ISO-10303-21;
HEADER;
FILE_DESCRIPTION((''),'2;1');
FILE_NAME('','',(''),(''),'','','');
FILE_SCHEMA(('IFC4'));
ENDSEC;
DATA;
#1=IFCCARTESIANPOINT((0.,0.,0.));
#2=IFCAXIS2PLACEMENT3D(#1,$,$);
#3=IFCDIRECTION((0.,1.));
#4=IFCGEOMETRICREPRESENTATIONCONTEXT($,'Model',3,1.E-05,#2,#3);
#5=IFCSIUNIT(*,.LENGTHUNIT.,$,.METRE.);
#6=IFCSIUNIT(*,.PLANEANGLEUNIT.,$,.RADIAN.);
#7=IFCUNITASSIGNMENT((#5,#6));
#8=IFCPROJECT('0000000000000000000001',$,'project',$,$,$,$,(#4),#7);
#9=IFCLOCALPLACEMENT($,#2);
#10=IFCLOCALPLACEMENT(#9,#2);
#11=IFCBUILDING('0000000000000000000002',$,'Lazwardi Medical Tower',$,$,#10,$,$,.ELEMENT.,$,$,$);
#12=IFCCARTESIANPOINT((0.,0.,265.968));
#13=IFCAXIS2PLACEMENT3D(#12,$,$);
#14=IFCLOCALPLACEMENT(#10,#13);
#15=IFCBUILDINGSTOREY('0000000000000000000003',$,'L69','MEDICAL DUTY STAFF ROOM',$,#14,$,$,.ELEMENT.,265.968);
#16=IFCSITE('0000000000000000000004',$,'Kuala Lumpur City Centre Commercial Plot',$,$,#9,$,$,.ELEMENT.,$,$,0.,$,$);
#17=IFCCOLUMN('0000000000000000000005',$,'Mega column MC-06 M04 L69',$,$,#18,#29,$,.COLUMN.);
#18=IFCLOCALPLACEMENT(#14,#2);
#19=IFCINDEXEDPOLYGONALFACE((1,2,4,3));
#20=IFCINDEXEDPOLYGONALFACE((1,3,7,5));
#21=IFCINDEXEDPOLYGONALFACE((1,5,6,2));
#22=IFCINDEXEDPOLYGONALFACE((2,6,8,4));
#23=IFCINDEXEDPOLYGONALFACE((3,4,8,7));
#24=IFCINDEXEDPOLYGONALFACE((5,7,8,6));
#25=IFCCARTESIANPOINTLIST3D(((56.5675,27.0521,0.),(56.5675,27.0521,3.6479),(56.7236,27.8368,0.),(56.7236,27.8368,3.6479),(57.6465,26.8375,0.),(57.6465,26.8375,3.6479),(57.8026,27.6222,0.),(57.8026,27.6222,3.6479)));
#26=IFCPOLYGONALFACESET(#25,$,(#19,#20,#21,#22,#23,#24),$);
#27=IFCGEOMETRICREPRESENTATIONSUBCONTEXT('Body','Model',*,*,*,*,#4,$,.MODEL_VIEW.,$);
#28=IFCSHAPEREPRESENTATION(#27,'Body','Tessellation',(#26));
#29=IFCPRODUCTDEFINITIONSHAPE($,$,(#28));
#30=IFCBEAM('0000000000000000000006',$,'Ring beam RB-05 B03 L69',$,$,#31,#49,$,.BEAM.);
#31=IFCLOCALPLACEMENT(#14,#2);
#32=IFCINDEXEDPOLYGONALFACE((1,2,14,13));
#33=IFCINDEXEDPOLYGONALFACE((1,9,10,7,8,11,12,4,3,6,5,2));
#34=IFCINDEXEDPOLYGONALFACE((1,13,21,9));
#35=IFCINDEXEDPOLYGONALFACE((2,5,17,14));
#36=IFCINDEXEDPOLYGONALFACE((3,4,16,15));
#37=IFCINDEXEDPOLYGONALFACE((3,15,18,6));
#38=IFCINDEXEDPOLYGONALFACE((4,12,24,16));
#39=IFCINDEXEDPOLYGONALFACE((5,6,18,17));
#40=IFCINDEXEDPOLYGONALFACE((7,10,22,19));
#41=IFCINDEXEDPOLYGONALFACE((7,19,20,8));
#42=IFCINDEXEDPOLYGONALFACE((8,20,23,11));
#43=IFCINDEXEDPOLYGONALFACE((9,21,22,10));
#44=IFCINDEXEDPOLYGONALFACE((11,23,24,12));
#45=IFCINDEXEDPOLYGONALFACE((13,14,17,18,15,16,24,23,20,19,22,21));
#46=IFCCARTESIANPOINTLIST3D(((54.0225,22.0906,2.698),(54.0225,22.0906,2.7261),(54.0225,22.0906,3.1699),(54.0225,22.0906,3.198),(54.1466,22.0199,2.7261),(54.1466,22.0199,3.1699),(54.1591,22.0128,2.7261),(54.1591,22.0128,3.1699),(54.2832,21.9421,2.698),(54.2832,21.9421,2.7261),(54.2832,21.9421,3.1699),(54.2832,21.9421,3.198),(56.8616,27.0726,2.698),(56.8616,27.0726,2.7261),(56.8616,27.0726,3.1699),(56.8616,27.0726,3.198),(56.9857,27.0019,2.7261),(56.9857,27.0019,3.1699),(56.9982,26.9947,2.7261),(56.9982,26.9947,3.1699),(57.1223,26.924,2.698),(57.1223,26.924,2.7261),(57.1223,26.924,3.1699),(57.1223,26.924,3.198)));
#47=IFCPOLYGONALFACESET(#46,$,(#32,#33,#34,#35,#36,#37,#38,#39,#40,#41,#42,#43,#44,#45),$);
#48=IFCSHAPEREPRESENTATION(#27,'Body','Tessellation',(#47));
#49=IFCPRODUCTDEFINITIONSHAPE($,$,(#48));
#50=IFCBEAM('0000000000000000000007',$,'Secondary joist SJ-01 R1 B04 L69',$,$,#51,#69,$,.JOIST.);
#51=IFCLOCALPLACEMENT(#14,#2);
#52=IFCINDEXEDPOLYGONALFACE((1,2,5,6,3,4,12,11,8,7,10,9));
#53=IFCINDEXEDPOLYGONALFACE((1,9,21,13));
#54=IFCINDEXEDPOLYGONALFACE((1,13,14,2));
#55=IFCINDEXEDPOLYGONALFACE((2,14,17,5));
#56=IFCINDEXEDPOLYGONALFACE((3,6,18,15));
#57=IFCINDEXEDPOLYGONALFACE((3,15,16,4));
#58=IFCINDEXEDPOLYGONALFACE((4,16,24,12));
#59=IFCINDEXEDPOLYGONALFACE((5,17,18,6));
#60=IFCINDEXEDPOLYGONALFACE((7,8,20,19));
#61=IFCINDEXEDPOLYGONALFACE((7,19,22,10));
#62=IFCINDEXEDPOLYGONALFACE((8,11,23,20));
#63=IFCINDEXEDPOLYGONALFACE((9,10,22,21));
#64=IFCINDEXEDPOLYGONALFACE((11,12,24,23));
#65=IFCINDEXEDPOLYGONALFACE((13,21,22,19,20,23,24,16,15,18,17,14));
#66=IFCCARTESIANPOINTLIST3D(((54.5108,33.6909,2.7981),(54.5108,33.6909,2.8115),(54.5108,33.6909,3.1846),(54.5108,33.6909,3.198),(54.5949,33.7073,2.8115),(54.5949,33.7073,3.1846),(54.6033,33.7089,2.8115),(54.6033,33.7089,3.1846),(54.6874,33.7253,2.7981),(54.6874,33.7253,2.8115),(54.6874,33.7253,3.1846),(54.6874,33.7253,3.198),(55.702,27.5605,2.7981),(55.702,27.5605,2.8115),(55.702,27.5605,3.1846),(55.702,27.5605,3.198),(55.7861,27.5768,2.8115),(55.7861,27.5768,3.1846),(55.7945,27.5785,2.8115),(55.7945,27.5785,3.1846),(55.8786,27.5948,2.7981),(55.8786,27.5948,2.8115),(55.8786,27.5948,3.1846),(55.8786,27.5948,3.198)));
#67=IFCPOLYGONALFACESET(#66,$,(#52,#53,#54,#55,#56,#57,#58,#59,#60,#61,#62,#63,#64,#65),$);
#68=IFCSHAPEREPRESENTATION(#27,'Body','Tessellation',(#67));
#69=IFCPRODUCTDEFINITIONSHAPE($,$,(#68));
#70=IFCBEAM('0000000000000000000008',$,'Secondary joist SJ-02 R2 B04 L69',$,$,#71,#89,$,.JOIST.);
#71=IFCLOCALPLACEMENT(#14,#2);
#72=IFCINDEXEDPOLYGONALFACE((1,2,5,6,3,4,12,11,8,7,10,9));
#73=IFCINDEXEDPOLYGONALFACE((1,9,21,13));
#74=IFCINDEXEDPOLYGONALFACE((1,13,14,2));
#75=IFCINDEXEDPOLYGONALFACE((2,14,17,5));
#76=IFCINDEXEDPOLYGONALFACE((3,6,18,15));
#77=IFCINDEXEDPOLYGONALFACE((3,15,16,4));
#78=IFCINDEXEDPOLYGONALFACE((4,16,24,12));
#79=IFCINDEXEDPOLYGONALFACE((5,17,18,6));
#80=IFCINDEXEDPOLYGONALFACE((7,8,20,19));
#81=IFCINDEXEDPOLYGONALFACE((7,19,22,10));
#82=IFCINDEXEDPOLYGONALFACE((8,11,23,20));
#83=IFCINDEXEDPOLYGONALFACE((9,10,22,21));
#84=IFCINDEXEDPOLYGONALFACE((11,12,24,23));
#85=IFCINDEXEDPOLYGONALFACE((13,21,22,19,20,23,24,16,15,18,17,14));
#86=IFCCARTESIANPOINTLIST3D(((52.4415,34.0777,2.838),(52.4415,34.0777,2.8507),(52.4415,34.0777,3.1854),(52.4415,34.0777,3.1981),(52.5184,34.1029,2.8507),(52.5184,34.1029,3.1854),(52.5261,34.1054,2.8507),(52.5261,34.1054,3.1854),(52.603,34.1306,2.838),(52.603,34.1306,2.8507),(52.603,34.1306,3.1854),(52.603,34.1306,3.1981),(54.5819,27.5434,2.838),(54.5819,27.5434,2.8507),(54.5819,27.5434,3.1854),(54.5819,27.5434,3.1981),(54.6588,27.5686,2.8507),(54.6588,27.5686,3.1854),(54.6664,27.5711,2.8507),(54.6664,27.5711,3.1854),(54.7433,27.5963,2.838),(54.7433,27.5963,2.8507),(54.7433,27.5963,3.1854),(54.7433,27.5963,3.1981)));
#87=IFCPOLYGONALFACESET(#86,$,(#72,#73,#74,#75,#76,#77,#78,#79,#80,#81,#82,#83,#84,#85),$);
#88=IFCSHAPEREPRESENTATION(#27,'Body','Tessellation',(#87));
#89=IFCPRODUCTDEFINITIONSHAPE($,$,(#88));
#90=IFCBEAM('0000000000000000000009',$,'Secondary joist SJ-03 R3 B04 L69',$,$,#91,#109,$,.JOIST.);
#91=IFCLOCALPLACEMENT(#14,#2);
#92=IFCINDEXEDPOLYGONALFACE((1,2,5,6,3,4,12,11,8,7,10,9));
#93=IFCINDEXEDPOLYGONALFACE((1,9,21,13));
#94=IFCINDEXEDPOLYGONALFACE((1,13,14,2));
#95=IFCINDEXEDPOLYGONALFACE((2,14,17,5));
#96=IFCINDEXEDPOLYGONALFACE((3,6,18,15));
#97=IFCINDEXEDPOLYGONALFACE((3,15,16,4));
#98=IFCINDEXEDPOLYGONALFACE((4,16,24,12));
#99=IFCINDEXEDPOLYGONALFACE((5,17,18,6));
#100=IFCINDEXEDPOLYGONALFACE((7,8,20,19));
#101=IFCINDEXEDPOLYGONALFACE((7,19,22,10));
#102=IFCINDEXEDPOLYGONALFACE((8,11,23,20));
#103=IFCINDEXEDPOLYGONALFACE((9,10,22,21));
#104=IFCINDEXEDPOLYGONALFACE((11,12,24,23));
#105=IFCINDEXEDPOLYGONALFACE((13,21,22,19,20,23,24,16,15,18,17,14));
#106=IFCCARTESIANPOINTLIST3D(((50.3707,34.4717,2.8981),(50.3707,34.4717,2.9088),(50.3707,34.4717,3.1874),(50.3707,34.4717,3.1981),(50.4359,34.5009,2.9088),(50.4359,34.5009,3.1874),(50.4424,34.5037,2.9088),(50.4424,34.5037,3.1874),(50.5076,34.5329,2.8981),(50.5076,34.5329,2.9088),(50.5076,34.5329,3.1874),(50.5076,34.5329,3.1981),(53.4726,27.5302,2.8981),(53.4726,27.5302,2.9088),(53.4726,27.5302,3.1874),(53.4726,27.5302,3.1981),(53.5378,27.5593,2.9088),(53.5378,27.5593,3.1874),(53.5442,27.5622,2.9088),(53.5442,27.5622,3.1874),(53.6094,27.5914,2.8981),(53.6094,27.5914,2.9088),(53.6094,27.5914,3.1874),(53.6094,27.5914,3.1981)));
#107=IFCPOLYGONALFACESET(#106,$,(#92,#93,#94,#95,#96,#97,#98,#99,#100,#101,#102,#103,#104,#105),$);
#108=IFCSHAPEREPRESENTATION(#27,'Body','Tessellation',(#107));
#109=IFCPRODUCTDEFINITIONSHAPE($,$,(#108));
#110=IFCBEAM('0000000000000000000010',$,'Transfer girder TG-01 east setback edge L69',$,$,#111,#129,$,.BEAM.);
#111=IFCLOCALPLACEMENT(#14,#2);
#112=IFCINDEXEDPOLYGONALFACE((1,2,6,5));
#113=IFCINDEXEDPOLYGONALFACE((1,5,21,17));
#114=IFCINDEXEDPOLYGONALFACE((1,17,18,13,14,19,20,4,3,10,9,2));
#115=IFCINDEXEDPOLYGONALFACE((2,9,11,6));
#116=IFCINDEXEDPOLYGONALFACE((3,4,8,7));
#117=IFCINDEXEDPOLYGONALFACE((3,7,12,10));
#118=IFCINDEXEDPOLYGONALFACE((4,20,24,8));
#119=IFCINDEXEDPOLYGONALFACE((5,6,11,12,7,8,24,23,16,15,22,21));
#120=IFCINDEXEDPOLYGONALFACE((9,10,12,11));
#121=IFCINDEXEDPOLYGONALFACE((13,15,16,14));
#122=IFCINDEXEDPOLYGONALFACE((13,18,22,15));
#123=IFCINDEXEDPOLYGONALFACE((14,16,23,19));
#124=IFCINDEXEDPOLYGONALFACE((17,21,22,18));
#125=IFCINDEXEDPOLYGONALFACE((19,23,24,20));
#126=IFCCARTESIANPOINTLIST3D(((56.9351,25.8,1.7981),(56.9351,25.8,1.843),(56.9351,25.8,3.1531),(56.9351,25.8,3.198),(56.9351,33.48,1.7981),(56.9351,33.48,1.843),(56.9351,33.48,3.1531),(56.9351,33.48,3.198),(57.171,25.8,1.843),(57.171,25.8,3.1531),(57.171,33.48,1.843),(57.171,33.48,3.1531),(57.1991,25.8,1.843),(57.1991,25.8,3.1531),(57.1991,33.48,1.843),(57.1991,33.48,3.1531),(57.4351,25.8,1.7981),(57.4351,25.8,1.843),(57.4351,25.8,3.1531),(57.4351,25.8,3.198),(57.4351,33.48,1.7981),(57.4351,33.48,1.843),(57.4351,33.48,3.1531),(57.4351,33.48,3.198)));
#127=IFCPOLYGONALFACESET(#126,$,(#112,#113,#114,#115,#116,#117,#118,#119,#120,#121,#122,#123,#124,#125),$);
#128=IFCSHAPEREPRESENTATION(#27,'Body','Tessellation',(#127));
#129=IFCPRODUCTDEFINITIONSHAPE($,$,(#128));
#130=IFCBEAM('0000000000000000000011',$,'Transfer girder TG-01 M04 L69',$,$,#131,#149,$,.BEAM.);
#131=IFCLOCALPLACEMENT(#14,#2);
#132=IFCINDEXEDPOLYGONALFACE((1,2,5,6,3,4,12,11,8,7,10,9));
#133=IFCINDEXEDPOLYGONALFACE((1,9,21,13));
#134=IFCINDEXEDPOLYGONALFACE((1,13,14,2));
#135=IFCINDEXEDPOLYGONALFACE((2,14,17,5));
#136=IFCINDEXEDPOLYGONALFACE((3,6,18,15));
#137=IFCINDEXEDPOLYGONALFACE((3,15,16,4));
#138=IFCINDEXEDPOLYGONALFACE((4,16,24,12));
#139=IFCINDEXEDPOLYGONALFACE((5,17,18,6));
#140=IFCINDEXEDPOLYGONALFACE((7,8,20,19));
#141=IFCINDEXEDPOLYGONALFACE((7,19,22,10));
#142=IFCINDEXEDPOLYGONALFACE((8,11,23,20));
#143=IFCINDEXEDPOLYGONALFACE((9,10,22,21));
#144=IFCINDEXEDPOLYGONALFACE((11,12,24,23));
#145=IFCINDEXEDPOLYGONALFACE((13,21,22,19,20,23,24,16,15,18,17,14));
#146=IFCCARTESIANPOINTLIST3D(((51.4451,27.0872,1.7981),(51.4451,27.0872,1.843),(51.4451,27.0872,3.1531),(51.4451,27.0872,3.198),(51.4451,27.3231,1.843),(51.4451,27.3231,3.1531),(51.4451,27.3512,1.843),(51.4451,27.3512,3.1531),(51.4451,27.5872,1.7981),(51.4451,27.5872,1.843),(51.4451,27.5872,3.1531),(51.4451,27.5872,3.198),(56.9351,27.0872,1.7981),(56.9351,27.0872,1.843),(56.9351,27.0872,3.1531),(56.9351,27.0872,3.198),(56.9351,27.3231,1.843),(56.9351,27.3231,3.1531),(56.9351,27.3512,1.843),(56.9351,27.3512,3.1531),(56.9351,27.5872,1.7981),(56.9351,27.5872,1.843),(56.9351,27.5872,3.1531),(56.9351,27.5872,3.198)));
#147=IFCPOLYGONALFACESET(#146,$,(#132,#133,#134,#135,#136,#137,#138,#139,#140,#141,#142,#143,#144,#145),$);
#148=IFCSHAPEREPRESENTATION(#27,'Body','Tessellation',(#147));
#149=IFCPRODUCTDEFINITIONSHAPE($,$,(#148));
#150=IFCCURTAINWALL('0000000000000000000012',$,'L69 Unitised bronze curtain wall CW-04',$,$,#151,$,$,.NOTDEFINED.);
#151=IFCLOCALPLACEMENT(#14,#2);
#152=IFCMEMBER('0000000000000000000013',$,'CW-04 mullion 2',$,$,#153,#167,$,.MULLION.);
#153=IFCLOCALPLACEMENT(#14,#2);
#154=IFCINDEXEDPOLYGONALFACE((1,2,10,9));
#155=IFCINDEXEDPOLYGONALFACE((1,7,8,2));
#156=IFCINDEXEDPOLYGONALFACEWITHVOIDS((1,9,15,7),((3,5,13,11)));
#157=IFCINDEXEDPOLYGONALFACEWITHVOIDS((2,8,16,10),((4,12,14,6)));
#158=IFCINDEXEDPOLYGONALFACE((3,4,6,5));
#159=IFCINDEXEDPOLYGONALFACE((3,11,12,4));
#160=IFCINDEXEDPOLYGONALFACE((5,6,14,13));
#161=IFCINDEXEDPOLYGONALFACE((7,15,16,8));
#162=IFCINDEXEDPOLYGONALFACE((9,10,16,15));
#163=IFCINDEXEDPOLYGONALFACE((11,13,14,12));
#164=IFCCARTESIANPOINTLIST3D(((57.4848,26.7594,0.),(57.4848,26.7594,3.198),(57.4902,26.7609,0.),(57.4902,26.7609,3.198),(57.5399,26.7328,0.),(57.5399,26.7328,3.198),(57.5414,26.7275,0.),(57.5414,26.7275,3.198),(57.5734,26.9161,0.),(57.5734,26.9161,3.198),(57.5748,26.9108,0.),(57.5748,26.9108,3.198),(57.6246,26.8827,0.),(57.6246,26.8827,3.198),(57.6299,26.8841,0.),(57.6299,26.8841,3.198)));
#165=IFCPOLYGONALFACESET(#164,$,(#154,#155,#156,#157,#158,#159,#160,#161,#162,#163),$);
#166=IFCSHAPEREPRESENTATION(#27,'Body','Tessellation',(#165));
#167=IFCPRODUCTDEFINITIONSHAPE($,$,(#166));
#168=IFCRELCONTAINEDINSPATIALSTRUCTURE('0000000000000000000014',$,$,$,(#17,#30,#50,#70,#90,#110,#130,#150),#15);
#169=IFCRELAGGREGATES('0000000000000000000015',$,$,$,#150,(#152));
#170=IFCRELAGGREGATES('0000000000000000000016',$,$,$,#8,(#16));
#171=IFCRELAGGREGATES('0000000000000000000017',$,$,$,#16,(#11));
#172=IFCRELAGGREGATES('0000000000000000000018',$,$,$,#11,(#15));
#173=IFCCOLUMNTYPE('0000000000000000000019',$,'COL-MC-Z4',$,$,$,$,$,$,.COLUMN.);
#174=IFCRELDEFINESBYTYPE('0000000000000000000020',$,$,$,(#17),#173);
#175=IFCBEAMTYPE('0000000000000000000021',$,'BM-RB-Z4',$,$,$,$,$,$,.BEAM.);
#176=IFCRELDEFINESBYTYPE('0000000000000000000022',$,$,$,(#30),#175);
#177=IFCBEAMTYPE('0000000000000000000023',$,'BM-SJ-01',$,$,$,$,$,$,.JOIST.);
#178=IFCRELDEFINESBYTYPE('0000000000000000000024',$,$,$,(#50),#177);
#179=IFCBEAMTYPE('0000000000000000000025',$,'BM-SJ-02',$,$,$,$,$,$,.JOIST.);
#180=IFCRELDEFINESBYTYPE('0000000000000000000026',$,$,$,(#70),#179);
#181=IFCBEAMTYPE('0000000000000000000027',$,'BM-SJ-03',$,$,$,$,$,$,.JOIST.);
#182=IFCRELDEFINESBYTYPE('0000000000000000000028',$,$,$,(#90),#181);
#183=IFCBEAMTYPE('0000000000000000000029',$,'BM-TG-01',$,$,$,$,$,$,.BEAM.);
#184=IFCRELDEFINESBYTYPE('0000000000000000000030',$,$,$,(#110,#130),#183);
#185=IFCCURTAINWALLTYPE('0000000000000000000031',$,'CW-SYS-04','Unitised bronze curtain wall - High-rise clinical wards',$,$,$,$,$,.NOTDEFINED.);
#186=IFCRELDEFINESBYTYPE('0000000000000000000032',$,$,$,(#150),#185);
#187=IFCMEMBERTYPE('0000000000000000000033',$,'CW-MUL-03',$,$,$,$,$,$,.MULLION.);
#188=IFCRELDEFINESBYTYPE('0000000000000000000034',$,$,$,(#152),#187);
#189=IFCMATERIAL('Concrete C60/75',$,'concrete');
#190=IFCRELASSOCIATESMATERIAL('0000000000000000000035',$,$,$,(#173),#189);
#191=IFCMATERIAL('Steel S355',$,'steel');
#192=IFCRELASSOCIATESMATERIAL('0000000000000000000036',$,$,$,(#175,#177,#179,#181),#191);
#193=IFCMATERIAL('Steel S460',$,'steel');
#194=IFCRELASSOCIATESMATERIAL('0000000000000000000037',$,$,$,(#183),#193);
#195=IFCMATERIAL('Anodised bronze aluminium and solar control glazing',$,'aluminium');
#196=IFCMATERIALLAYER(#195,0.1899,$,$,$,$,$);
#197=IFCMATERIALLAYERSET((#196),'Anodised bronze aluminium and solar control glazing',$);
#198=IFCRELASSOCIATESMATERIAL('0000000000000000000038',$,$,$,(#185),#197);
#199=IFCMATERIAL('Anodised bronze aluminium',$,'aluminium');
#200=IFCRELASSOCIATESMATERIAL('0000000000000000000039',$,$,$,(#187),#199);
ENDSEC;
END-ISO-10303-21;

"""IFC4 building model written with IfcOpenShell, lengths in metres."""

from ifc_helpers import new_model, si_unit, direction, frame, origin, origin_2d, place, context, subcontext, project, spatial, rectangle, hollow_rectangle, i_section, extrude, material, layer, layer_set, material_profile, profile_set, type_object, element, aggregate, save


model = new_model("IFC4")

# Units and contexts
model_context = context("Model", 3, precision=1e-05, world=origin(), true_north=direction((0.0, 1.0)))
body_context = subcontext(model_context, "Body", "Model", "MODEL_VIEW")
ifc_project = project(units=[si_unit("LENGTHUNIT", "METRE"), si_unit("PLANEANGLEUNIT", "RADIAN")], contexts=[model_context])

# Site, building, storey
site_placement = place(None, origin())
site = spatial("IfcSite", under=ifc_project, at=site_placement, Name="Kuala Lumpur City Centre Commercial Plot", CompositionType="ELEMENT", RefElevation=0.0)
building_placement = place(site_placement, origin())
building = spatial("IfcBuilding", under=site, at=building_placement, Name="Lazwardi Medical Tower", CompositionType="ELEMENT")
storey_placement = place(building_placement, frame((0.0, 0.0, 265.968)))
storey = spatial("IfcBuildingStorey", under=building, at=storey_placement, Name="L69", Description="MEDICAL DUTY STAFF ROOM", CompositionType="ELEMENT", Elevation=265.968)

# Column
ifc_material_1 = material(Name="Concrete C60/75", Category="concrete")
ifc_material_profile_1 = material_profile(ifc_material_1, rectangle(XDim=1.1001, YDim=0.8, at=origin_2d()), Name="CFT-RECT 1100x800")
ifc_profile_set_1 = profile_set([ifc_material_profile_1], Name="Concrete C60/75")
column_type = type_object("IfcColumnType", Name="COL-MC-Z4", PredefinedType="COLUMN", material=ifc_profile_set_1)
column_placement = place(storey_placement, frame((57.1851, 27.3372, 0.0), z_axis=(0.0, 0.0, 1.0), x_axis=(0.980785, -0.19509, 0.0)))
element("IfcColumn", 1, at=column_placement, inside=storey, type_object=column_type, Name="Mega column MC-06 M04 L69", PredefinedType="COLUMN", context=body_context, shape_type="SweptSolid", body=[
    extrude(rectangle(XDim=1.1001, YDim=0.8, at=origin_2d()), origin(), (0.0, 0.0, 1.0), 3.6479),
])

# Beams
ifc_material_2 = material(Name="Steel S355", Category="steel")
ifc_material_profile_2 = material_profile(ifc_material_2, i_section(OverallWidth=0.3, OverallDepth=0.5, WebThickness=0.0144, FlangeThickness=0.0281, at=origin_2d()), Name="HEB 500")
ifc_profile_set_2 = profile_set([ifc_material_profile_2], Name="Steel S355")
beam_type_1 = type_object("IfcBeamType", Name="BM-RB-Z4", PredefinedType="BEAM", material=ifc_profile_set_2)
beam_1_placement = place(storey_placement, frame((54.1528, 22.0164, 2.948), z_axis=(0.495125, 0.868822, 0.0), x_axis=(-0.868822, 0.495125, 0.0)))
element("IfcBeam", 2, at=beam_1_placement, inside=storey, type_object=beam_type_1, Name="Ring beam RB-05 B03 L69", PredefinedType="BEAM", context=body_context, shape_type="SweptSolid", body=[
    extrude(i_section(OverallWidth=0.3, OverallDepth=0.5, WebThickness=0.0144, FlangeThickness=0.0281, at=origin_2d()), origin(), (0.0, 0.0, 1.0), 5.7341),
])
ifc_material_profile_3 = material_profile(ifc_material_2, i_section(OverallWidth=0.1799, OverallDepth=0.3999, WebThickness=0.0085, FlangeThickness=0.0134, at=origin_2d()), Name="IPE 400")
ifc_profile_set_3 = profile_set([ifc_material_profile_3], Name="Steel S355")
beam_type_2 = type_object("IfcBeamType", Name="BM-SJ-01", PredefinedType="JOIST", material=ifc_profile_set_3)
beam_2_placement = place(storey_placement, frame((55.7903, 27.5776, 2.998), z_axis=(-0.190738, 0.981641, 0.0), x_axis=(-0.981641, -0.190738, 0.0)))
element("IfcBeam", 3, at=beam_2_placement, inside=storey, type_object=beam_type_2, Name="Secondary joist SJ-01 R1 B04 L69", PredefinedType="JOIST", context=body_context, shape_type="SweptSolid", body=[
    extrude(i_section(OverallWidth=0.1799, OverallDepth=0.3999, WebThickness=0.0085, FlangeThickness=0.0134, at=origin_2d()), origin(), (0.0, 0.0, 1.0), 6.2451),
])
ifc_material_profile_4 = material_profile(ifc_material_2, i_section(OverallWidth=0.1699, OverallDepth=0.3601, WebThickness=0.0081, FlangeThickness=0.0127, at=origin_2d()), Name="IPE 360")
ifc_profile_set_4 = profile_set([ifc_material_profile_4], Name="Steel S355")
beam_type_3 = type_object("IfcBeamType", Name="BM-SJ-02", PredefinedType="JOIST", material=ifc_profile_set_4)
beam_3_placement = place(storey_placement, frame((54.6626, 27.5698, 3.0181), z_axis=(-0.311281, 0.950318, 0.0), x_axis=(-0.950318, -0.311281, 0.0)))
element("IfcBeam", 4, at=beam_3_placement, inside=storey, type_object=beam_type_3, Name="Secondary joist SJ-02 R2 B04 L69", PredefinedType="JOIST", context=body_context, shape_type="SweptSolid", body=[
    extrude(i_section(OverallWidth=0.1699, OverallDepth=0.3601, WebThickness=0.0081, FlangeThickness=0.0127, at=origin_2d()), origin(), (0.0, 0.0, 1.0), 6.876),
])
ifc_material_profile_5 = material_profile(ifc_material_2, i_section(OverallWidth=0.1499, OverallDepth=0.3, WebThickness=0.0071, FlangeThickness=0.0107, at=origin_2d()), Name="IPE 300")
ifc_profile_set_5 = profile_set([ifc_material_profile_5], Name="Steel S355")
beam_type_4 = type_object("IfcBeamType", Name="BM-SJ-03", PredefinedType="JOIST", material=ifc_profile_set_5)
beam_4_placement = place(storey_placement, frame((53.541, 27.5608, 3.0481), z_axis=(-0.407976, 0.912993, 0.0), x_axis=(-0.912993, -0.407976, 0.0)))
element("IfcBeam", 5, at=beam_4_placement, inside=storey, type_object=beam_type_4, Name="Secondary joist SJ-03 R3 B04 L69", PredefinedType="JOIST", context=body_context, shape_type="SweptSolid", body=[
    extrude(i_section(OverallWidth=0.1499, OverallDepth=0.3, WebThickness=0.0071, FlangeThickness=0.0107, at=origin_2d()), origin(), (0.0, 0.0, 1.0), 7.603),
])
ifc_material_3 = material(Name="Steel S460", Category="steel")
ifc_material_profile_6 = material_profile(ifc_material_3, i_section(OverallWidth=0.5, OverallDepth=1.3999, WebThickness=0.0281, FlangeThickness=0.0449, at=origin_2d()), Name="PG 1400x500")
ifc_profile_set_6 = profile_set([ifc_material_profile_6], Name="Steel S460")
beam_type_5 = type_object("IfcBeamType", Name="BM-TG-01", PredefinedType="BEAM", material=ifc_profile_set_6)
beam_5_placement = place(storey_placement, frame((57.1851, 25.8, 2.498), z_axis=(0.0, 1.0, 0.0), x_axis=(-1.0, 0.0, 0.0)))
element("IfcBeam", 6, at=beam_5_placement, inside=storey, type_object=beam_type_5, Name="Transfer girder TG-01 east setback edge L69", PredefinedType="BEAM", context=body_context, shape_type="SweptSolid", body=[
    extrude(i_section(OverallWidth=0.5, OverallDepth=1.3999, WebThickness=0.0281, FlangeThickness=0.0449, at=origin_2d()), origin(), (0.0, 0.0, 1.0), 7.6799),
])
beam_6_placement = place(storey_placement, frame((56.9351, 27.3372, 2.498), z_axis=(-1.0, 0.0, 0.0), x_axis=(0.0, -1.0, 0.0)))
element("IfcBeam", 7, at=beam_6_placement, inside=storey, type_object=beam_type_5, Name="Transfer girder TG-01 M04 L69", PredefinedType="BEAM", context=body_context, shape_type="SweptSolid", body=[
    extrude(i_section(OverallWidth=0.5, OverallDepth=1.3999, WebThickness=0.0281, FlangeThickness=0.0449, at=origin_2d()), origin(), (0.0, 0.0, 1.0), 5.49),
])

# Curtain wall, member
ifc_material_4 = material(Name="Anodised bronze aluminium and solar control glazing", Category="aluminium")
ifc_layer_1 = layer(ifc_material_4, 0.1899)
ifc_layer_set_1 = layer_set([ifc_layer_1], Name="Anodised bronze aluminium and solar control glazing")
curtain_wall_type = type_object("IfcCurtainWallType", Name="CW-SYS-04", Description="Unitised bronze curtain wall - High-rise clinical wards", PredefinedType="NOTDEFINED", material=ifc_layer_set_1)
curtain_wall_1_placement = place(storey_placement, origin())
curtain_wall_1 = element("IfcCurtainWall", 8, at=curtain_wall_1_placement, inside=storey, type_object=curtain_wall_type, Name="L69 Unitised bronze curtain wall CW-04", PredefinedType="NOTDEFINED")
ifc_material_5 = material(Name="Anodised bronze aluminium", Category="aluminium")
ifc_material_profile_7 = material_profile(ifc_material_5, hollow_rectangle(XDim=0.0649, YDim=0.1799, WallThickness=0.0039, at=origin_2d()), Name="ALU-MULLION 180x65x4")
ifc_profile_set_7 = profile_set([ifc_material_profile_7], Name="Anodised bronze aluminium")
member_type_1 = type_object("IfcMemberType", Name="CW-MUL-03", PredefinedType="MULLION", material=ifc_profile_set_7)
member_1_placement = place(storey_placement, frame((57.5574, 26.8218, 0.0), z_axis=(0.0, 0.0, 1.0), x_axis=(-0.870651, 0.4919, 0.0)))
member_1 = element("IfcMember", 9, at=member_1_placement, type_object=member_type_1, Name="CW-04 mullion 2", PredefinedType="MULLION", context=body_context, shape_type="SweptSolid", body=[
    extrude(hollow_rectangle(XDim=0.0649, YDim=0.1799, WallThickness=0.0039, at=origin_2d()), origin(), (0.0, 0.0, 1.0), 3.198),
])

aggregate(curtain_wall_1, [member_1])

save(model, "model.ifc")
